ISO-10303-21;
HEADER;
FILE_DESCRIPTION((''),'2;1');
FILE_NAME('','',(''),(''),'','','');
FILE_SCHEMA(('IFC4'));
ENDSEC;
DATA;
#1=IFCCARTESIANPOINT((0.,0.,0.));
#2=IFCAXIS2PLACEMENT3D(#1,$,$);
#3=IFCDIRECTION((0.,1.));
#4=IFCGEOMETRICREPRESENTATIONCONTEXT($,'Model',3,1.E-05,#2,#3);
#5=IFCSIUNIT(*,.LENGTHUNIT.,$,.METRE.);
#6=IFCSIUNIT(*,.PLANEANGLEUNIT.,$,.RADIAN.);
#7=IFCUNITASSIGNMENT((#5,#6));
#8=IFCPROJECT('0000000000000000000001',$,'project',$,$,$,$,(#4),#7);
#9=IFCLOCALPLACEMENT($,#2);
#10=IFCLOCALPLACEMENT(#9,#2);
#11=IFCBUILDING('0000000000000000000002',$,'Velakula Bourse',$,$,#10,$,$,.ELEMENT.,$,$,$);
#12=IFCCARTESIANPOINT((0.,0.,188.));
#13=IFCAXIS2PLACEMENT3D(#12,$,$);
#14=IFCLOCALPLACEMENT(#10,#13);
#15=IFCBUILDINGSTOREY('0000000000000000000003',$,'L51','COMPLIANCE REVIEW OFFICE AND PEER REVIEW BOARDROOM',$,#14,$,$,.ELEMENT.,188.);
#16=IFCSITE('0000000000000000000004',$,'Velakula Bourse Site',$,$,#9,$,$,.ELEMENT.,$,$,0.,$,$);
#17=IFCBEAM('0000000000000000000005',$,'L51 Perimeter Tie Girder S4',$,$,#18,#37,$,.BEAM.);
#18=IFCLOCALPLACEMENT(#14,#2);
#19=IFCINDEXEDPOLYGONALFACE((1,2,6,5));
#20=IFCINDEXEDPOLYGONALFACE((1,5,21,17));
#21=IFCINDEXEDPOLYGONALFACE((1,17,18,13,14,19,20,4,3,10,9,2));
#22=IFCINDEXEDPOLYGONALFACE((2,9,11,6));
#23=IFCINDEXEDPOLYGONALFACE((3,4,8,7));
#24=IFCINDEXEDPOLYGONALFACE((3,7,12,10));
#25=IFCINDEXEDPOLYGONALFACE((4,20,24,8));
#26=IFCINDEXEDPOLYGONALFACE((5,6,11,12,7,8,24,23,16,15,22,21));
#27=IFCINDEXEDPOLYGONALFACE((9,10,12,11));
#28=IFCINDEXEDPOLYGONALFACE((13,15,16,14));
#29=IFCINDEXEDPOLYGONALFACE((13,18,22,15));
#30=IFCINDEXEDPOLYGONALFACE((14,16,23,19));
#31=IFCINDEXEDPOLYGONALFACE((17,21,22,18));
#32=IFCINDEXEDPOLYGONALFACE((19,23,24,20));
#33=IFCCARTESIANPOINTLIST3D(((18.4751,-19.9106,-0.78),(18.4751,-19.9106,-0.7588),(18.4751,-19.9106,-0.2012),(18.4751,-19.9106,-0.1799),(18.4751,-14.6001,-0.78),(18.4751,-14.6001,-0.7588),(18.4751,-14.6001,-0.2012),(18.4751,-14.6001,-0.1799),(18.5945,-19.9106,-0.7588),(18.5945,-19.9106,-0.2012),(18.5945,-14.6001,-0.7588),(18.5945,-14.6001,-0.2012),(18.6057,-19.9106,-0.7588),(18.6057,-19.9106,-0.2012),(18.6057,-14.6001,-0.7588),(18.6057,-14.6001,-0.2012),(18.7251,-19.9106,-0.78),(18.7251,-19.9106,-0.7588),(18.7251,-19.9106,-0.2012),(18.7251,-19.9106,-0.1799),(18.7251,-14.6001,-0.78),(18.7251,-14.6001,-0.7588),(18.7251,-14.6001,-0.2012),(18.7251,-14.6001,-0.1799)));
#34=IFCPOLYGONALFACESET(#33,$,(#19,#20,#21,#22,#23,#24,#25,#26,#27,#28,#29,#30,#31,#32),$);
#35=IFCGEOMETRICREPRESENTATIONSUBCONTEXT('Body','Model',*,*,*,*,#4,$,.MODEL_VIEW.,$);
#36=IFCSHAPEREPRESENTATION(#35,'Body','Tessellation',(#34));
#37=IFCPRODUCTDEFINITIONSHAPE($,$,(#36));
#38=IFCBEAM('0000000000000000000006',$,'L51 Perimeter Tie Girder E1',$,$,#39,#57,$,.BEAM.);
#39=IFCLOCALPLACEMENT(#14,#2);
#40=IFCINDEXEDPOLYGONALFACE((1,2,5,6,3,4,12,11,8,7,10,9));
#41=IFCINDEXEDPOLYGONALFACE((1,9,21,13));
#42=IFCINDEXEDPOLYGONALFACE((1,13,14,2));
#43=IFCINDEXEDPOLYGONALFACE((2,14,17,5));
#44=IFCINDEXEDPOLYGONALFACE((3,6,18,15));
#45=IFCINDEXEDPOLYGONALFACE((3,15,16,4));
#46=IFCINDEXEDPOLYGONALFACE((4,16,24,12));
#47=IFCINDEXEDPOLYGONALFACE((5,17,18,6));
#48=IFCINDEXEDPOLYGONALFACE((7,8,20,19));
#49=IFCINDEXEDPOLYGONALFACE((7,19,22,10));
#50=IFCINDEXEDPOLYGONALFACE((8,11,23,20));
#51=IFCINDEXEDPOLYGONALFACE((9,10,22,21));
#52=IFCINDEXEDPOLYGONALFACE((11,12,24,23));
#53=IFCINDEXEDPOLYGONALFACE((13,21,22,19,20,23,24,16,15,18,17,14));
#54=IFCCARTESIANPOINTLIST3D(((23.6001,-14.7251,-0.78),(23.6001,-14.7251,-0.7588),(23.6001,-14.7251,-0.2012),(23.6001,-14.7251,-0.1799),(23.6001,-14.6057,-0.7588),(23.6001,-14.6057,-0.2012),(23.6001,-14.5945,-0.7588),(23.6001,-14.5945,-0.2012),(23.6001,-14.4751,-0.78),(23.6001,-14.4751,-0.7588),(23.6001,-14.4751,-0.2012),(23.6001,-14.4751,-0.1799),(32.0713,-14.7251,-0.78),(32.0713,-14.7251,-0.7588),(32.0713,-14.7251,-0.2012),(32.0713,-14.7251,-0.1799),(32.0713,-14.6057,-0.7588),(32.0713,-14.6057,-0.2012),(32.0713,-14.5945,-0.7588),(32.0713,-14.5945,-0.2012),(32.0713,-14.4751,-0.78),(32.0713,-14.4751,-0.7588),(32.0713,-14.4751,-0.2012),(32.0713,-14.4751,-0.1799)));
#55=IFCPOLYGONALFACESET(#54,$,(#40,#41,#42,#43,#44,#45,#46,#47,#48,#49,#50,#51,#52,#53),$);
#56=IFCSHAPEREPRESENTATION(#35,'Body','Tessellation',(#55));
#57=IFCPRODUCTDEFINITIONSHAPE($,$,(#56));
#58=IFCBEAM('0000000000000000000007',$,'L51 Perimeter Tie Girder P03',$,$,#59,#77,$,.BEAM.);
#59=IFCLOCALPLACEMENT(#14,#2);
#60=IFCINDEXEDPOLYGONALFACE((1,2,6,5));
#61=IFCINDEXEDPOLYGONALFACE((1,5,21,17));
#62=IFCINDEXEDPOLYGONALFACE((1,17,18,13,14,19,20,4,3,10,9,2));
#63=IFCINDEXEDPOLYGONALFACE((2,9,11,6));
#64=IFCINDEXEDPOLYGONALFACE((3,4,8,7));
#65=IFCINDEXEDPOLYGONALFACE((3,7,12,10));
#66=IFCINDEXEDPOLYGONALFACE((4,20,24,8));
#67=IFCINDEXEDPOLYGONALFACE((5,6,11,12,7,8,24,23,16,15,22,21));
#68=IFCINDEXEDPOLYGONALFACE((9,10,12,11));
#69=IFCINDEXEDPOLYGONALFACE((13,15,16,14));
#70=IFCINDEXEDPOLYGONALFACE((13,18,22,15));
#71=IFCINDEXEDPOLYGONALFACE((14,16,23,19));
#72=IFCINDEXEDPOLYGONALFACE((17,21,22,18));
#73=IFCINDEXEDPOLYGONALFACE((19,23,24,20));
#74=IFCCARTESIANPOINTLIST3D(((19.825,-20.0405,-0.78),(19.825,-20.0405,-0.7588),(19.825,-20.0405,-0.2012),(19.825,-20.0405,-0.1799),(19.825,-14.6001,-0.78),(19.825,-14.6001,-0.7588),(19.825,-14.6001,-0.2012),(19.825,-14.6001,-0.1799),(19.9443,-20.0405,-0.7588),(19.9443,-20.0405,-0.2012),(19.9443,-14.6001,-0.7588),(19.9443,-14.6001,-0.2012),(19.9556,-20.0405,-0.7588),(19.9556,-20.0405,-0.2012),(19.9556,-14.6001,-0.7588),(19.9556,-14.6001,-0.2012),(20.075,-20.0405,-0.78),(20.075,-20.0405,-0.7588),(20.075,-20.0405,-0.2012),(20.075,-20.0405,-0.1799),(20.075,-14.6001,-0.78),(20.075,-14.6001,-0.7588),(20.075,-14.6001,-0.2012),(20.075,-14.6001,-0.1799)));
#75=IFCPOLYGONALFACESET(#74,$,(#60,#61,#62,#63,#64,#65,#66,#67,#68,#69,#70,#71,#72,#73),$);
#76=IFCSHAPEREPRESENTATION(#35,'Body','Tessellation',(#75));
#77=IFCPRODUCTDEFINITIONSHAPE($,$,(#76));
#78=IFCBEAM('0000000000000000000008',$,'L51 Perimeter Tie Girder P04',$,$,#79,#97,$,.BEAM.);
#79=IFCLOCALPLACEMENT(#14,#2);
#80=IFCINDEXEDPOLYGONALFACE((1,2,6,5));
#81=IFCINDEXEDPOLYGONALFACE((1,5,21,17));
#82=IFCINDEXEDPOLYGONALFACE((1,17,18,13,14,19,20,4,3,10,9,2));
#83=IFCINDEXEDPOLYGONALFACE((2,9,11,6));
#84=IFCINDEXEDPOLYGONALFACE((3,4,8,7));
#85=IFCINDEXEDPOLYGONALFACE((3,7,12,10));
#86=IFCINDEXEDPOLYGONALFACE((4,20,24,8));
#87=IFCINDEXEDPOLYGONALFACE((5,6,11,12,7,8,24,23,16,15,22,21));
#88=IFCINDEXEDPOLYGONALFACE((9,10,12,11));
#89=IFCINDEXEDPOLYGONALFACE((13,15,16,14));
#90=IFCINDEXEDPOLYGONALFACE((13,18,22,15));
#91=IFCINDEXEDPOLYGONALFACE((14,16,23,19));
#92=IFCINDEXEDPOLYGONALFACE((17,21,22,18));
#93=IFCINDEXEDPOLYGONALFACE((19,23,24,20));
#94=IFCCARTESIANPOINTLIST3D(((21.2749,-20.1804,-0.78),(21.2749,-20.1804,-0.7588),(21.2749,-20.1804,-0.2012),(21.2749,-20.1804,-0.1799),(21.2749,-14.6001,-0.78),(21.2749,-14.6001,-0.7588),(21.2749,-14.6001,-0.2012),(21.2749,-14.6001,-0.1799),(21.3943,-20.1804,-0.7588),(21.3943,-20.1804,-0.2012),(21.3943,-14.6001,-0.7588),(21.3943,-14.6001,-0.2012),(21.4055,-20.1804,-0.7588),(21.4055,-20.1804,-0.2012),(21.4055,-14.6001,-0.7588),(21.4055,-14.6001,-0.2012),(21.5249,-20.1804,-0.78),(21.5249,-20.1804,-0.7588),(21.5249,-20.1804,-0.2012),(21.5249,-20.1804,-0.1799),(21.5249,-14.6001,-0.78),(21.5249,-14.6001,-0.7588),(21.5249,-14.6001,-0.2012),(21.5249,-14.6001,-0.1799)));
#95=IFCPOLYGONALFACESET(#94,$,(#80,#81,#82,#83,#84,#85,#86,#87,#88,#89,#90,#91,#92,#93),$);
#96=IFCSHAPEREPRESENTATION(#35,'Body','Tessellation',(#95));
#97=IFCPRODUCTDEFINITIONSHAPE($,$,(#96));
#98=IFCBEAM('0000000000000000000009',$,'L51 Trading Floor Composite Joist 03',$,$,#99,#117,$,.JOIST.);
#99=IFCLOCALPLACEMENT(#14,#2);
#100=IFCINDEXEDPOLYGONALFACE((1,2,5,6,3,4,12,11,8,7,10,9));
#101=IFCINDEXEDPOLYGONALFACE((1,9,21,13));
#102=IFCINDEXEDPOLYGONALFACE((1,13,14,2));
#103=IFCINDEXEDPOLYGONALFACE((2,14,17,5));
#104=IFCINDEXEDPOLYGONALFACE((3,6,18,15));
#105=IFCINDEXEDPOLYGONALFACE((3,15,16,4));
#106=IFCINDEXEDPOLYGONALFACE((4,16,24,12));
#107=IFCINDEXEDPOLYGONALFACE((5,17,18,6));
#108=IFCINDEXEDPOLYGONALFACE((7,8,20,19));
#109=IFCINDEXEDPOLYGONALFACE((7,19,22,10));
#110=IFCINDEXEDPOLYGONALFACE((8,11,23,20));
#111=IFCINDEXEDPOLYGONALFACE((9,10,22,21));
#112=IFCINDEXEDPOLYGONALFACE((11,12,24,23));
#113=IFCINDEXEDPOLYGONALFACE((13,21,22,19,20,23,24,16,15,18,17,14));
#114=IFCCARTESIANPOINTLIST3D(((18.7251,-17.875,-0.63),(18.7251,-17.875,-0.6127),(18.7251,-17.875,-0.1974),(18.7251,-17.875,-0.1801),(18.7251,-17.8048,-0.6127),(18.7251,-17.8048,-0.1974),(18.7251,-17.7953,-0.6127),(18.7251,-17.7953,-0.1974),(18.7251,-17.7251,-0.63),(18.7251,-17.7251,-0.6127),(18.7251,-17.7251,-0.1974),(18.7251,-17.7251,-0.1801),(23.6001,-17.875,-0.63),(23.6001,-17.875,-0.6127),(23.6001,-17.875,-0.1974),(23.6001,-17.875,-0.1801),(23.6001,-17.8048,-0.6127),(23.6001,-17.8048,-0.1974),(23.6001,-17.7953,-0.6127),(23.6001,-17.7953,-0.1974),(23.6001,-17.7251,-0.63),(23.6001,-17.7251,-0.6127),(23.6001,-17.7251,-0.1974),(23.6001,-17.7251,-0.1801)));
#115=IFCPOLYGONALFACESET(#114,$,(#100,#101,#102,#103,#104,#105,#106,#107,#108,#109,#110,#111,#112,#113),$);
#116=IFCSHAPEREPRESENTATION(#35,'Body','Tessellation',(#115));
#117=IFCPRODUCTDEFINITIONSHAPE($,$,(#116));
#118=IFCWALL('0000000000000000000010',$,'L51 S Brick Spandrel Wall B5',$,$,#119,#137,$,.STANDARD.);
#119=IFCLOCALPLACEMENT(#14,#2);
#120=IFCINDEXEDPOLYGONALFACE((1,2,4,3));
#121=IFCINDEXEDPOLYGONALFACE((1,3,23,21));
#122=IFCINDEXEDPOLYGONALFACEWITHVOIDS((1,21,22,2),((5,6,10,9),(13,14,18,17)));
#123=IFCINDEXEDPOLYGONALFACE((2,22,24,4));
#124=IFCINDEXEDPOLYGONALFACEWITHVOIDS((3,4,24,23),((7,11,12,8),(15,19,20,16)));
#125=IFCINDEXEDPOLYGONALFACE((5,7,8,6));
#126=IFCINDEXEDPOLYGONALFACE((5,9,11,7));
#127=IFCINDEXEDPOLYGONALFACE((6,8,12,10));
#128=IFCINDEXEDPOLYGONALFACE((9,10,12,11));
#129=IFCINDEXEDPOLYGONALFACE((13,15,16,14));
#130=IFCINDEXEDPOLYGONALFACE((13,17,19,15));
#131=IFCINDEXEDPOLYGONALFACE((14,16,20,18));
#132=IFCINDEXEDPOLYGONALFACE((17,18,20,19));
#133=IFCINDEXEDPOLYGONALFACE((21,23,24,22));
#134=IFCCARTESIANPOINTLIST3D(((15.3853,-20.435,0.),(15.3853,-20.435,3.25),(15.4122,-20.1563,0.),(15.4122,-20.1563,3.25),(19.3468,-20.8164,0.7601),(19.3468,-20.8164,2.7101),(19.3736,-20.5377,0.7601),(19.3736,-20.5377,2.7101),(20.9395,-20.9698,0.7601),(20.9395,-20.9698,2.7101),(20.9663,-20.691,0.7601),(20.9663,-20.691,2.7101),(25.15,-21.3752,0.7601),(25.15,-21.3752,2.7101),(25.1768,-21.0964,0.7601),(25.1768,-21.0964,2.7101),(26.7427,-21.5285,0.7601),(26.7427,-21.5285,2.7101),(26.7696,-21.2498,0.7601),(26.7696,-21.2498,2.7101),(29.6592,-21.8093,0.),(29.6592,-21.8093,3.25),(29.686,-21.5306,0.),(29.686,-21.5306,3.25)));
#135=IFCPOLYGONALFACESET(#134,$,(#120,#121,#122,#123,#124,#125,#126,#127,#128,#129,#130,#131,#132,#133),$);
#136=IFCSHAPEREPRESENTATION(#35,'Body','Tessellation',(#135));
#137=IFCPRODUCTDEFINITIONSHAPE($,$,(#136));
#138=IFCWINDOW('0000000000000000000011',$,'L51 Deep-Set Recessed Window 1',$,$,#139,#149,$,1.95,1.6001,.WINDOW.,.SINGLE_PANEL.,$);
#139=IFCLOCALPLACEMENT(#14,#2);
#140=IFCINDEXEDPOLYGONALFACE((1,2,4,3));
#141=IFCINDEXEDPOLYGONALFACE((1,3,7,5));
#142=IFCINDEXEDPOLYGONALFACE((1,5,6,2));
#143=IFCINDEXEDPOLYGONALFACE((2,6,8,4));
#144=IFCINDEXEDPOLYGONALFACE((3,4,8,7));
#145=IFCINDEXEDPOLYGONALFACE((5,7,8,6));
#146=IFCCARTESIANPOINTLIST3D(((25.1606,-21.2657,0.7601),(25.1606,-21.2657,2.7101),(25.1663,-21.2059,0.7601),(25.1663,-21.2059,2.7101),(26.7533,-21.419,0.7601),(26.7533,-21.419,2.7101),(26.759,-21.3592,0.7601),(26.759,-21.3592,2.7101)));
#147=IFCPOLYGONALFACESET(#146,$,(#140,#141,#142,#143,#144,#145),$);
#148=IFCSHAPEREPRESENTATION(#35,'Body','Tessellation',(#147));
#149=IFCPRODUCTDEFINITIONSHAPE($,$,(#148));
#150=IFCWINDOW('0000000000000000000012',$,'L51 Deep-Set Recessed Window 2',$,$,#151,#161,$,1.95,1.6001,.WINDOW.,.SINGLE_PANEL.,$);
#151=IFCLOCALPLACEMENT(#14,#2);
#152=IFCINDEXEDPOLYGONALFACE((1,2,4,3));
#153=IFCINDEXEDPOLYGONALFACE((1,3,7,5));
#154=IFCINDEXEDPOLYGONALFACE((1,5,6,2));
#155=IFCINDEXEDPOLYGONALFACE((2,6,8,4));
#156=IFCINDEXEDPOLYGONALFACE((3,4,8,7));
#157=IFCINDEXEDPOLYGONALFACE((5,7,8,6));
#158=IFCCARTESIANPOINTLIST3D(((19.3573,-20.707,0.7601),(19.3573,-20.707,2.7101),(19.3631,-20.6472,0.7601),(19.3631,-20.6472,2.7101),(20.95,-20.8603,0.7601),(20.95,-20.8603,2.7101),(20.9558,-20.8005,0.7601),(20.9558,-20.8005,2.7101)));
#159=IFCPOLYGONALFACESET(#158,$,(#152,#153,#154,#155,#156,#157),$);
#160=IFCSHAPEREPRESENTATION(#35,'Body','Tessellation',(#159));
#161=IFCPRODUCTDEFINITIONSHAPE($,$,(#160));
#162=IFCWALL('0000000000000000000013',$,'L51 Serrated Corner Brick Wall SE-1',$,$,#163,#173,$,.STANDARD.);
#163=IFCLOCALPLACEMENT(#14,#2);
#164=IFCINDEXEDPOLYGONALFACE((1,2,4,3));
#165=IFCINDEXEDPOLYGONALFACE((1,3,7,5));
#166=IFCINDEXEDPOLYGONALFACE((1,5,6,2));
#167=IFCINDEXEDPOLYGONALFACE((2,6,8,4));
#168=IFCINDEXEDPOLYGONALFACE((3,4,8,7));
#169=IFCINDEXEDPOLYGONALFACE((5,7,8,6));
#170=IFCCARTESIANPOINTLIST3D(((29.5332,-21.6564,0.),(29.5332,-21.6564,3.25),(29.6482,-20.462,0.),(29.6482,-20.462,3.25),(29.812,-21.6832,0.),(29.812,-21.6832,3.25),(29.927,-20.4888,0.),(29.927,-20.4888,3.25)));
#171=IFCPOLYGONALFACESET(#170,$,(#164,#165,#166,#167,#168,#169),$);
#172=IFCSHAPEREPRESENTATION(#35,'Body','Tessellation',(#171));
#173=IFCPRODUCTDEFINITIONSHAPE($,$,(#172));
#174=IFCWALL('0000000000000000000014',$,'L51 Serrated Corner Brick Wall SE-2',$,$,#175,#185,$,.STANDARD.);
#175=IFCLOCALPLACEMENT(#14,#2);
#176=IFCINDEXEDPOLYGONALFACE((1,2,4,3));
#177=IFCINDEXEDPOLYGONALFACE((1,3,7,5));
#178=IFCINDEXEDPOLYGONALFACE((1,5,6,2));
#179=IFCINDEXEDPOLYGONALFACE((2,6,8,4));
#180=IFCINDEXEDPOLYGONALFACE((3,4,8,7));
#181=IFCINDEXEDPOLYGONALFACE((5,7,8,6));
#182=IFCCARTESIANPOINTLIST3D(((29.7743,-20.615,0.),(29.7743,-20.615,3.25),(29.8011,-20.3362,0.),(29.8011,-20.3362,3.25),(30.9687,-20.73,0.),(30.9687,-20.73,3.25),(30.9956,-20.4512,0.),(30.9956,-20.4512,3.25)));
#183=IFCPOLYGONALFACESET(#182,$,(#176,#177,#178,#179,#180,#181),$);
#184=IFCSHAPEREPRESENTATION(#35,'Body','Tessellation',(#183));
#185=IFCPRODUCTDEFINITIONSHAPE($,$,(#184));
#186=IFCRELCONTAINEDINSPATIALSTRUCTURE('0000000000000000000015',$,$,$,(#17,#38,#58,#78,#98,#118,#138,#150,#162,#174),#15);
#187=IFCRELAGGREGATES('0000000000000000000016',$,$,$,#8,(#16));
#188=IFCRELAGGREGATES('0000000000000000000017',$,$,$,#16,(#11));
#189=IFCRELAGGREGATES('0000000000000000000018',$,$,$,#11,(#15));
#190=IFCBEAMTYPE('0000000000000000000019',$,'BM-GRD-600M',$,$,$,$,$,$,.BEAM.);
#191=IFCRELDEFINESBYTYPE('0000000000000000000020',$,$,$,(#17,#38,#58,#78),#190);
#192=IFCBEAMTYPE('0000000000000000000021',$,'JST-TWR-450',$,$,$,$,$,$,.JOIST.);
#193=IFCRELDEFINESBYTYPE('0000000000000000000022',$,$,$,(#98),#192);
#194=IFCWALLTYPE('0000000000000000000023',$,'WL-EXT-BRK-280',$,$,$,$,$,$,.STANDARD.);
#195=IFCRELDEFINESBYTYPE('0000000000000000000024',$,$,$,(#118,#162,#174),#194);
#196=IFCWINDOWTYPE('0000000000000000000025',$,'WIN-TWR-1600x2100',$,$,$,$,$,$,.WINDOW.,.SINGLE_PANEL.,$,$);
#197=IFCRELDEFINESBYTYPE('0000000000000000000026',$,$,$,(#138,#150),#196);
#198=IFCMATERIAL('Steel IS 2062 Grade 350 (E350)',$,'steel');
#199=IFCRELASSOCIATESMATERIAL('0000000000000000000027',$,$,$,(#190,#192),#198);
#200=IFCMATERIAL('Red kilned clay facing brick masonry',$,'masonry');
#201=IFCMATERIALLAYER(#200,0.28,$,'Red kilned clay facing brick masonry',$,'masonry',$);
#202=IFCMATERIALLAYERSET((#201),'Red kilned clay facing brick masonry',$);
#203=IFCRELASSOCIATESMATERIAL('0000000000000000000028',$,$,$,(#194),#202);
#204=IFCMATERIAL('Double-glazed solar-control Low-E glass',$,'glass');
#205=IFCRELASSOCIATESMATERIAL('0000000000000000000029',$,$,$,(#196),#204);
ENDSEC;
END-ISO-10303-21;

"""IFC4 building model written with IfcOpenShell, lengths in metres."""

from ifc_helpers import new_model, si_unit, direction, frame, frame_2d, origin, origin_2d, place, context, subcontext, project, spatial, rectangle, i_section, extrude, material, layer, layer_set, material_profile, profile_set, type_object, element, fill, save


model = new_model("IFC4")

# Units and contexts
model_context = context("Model", 3, precision=1e-05, world=origin(), true_north=direction((0.0, 1.0)))
body_context = subcontext(model_context, "Body", "Model", "MODEL_VIEW")
ifc_project = project(units=[si_unit("LENGTHUNIT", "METRE"), si_unit("PLANEANGLEUNIT", "RADIAN")], contexts=[model_context])

# Site, building, storey
site_placement = place(None, origin())
site = spatial("IfcSite", under=ifc_project, at=site_placement, Name="Velakula Bourse Site", CompositionType="ELEMENT", RefElevation=0.0)
building_placement = place(site_placement, origin())
building = spatial("IfcBuilding", under=site, at=building_placement, Name="Velakula Bourse", CompositionType="ELEMENT")
storey_placement = place(building_placement, frame((0.0, 0.0, 188.0)))
storey = spatial("IfcBuildingStorey", under=building, at=storey_placement, Name="L51", Description="COMPLIANCE REVIEW OFFICE AND PEER REVIEW BOARDROOM", CompositionType="ELEMENT", Elevation=188.0)

# Shared definitions
ifc_material_1 = material(Name="Steel IS 2062 Grade 350 (E350)", Category="steel")

# Beams
ifc_material_profile_1 = material_profile(ifc_material_1, i_section(OverallWidth=0.25, OverallDepth=0.6001, WebThickness=0.0112, FlangeThickness=0.0212, at=origin_2d()), Name="Steel IS 2062 Grade 350 (E350)")
ifc_profile_set_1 = profile_set([ifc_material_profile_1], Name="Steel IS 2062 Grade 350 (E350)")
beam_type_1 = type_object("IfcBeamType", Name="BM-GRD-600M", PredefinedType="BEAM", material=ifc_profile_set_1)
beam_1_placement = place(storey_placement, frame((18.6001, -14.6001, -0.48), z_axis=(0.0, -1.0, 0.0), x_axis=(1.0, 0.0, 0.0)))
element("IfcBeam", 1, at=beam_1_placement, inside=storey, type_object=beam_type_1, Name="L51 Perimeter Tie Girder S4", PredefinedType="BEAM", context=body_context, shape_type="SweptSolid", body=[
    extrude(i_section(OverallWidth=0.25, OverallDepth=0.6001, WebThickness=0.0112, FlangeThickness=0.0212, at=origin_2d()), origin(), (0.0, 0.0, 1.0), 5.3105),
])
beam_2_placement = place(storey_placement, frame((23.6001, -14.6001, -0.48), z_axis=(1.0, 0.0, 0.0), x_axis=(0.0, 1.0, 0.0)))
element("IfcBeam", 2, at=beam_2_placement, inside=storey, type_object=beam_type_1, Name="L51 Perimeter Tie Girder E1", PredefinedType="BEAM", context=body_context, shape_type="SweptSolid", body=[
    extrude(i_section(OverallWidth=0.25, OverallDepth=0.6001, WebThickness=0.0112, FlangeThickness=0.0212, at=origin_2d()), origin(), (0.0, 0.0, 1.0), 8.4712),
])
beam_3_placement = place(storey_placement, frame((19.95, -14.6001, -0.48), z_axis=(0.0, -1.0, 0.0), x_axis=(1.0, 0.0, 0.0)))
element("IfcBeam", 3, at=beam_3_placement, inside=storey, type_object=beam_type_1, Name="L51 Perimeter Tie Girder P03", PredefinedType="BEAM", context=body_context, shape_type="SweptSolid", body=[
    extrude(i_section(OverallWidth=0.25, OverallDepth=0.6001, WebThickness=0.0112, FlangeThickness=0.0212, at=origin_2d()), origin(), (0.0, 0.0, 1.0), 5.4404),
])
beam_4_placement = place(storey_placement, frame((21.3999, -14.6001, -0.48), z_axis=(0.0, -1.0, 0.0), x_axis=(1.0, 0.0, 0.0)))
element("IfcBeam", 4, at=beam_4_placement, inside=storey, type_object=beam_type_1, Name="L51 Perimeter Tie Girder P04", PredefinedType="BEAM", context=body_context, shape_type="SweptSolid", body=[
    extrude(i_section(OverallWidth=0.25, OverallDepth=0.6001, WebThickness=0.0112, FlangeThickness=0.0212, at=origin_2d()), origin(), (0.0, 0.0, 1.0), 5.5803),
])
ifc_material_profile_2 = material_profile(ifc_material_1, i_section(OverallWidth=0.1499, OverallDepth=0.45, WebThickness=0.0095, FlangeThickness=0.0173, at=origin_2d()), Name="Steel IS 2062 Grade 350 (E350)")
ifc_profile_set_2 = profile_set([ifc_material_profile_2], Name="Steel IS 2062 Grade 350 (E350)")
beam_type_2 = type_object("IfcBeamType", Name="JST-TWR-450", PredefinedType="JOIST", material=ifc_profile_set_2)
beam_5_placement = place(storey_placement, frame((18.7251, -17.8, -0.405), z_axis=(1.0, 0.0, 0.0), x_axis=(0.0, 1.0, 0.0)))
element("IfcBeam", 5, at=beam_5_placement, inside=storey, type_object=beam_type_2, Name="L51 Trading Floor Composite Joist 03", PredefinedType="JOIST", context=body_context, shape_type="SweptSolid", body=[
    extrude(i_section(OverallWidth=0.1499, OverallDepth=0.45, WebThickness=0.0095, FlangeThickness=0.0173, at=origin_2d()), origin(), (0.0, 0.0, 1.0), 4.875),
])

# Wall, openings, windows
ifc_material_2 = material(Name="Red kilned clay facing brick masonry", Category="masonry")
ifc_layer_1 = layer(ifc_material_2, 0.28, Name="Red kilned clay facing brick masonry", Category="masonry")
ifc_layer_set_1 = layer_set([ifc_layer_1], Name="Red kilned clay facing brick masonry")
wall_type_1 = type_object("IfcWallType", Name="WL-EXT-BRK-280", PredefinedType="STANDARD", material=ifc_layer_set_1)
wall_1_placement = place(storey_placement, frame((29.6726, -21.6699, 0.0), z_axis=(0.0, 0.0, 1.0), x_axis=(-0.995397, 0.095835, 0.0)))
wall_1 = element("IfcWall", 6, at=wall_1_placement, inside=storey, type_object=wall_type_1, Name="L51 S Brick Spandrel Wall B5", PredefinedType="STANDARD", context=body_context, shape_type="SweptSolid", body=[
    extrude(rectangle(XDim=14.3398, YDim=0.28, at=frame_2d((7.1699, 0.0))), origin(), (0.0, 0.0, 1.0), 3.25),
])
opening_1_placement = place(wall_1_placement, frame((2.9299, 0.0, 0.76)))
opening_1 = element("IfcOpeningElement", 7, at=opening_1_placement, cuts=wall_1, PredefinedType="OPENING", context=body_context, shape_type="SweptSolid", body=[
    extrude(rectangle(XDim=1.6001, YDim=1.95, at=frame_2d((0.8, 0.9751))), frame((0.0, 0.1499, 0.0), z_axis=(0.0, -1.0, 0.0), x_axis=(1.0, 0.0, 0.0)), (0.0, 0.0, 1.0), 0.3),
])
opening_2_placement = place(wall_1_placement, frame((8.76, 0.0, 0.76)))
opening_2 = element("IfcOpeningElement", 8, at=opening_2_placement, cuts=wall_1, PredefinedType="OPENING", context=body_context, shape_type="SweptSolid", body=[
    extrude(rectangle(XDim=1.6001, YDim=1.95, at=frame_2d((0.8, 0.9751))), frame((0.0, 0.1499, 0.0), z_axis=(0.0, -1.0, 0.0), x_axis=(1.0, 0.0, 0.0)), (0.0, 0.0, 1.0), 0.3),
])
ifc_material_3 = material(Name="Double-glazed solar-control Low-E glass", Category="glass")
window_type = type_object("IfcWindowType", Name="WIN-TWR-1600x2100", PartitioningType="SINGLE_PANEL", PredefinedType="WINDOW", material=ifc_material_3)
window_1_placement = place(opening_1_placement, origin())
window_1 = element("IfcWindow", 9, at=window_1_placement, inside=storey, type_object=window_type, Name="L51 Deep-Set Recessed Window 1", OverallHeight=1.95, OverallWidth=1.6001, PartitioningType="SINGLE_PANEL", PredefinedType="WINDOW", context=body_context, shape_type="SweptSolid", body=[
    extrude(rectangle(XDim=1.6001, YDim=1.95, at=frame_2d((0.8, 0.9751))), frame((0.0, 0.03, 0.0), z_axis=(0.0, -1.0, 0.0), x_axis=(1.0, 0.0, 0.0)), (0.0, 0.0, 1.0), 0.0601),
])
fill(opening_1, window_1)
window_2_placement = place(opening_2_placement, origin())
window_2 = element("IfcWindow", 10, at=window_2_placement, inside=storey, type_object=window_type, Name="L51 Deep-Set Recessed Window 2", OverallHeight=1.95, OverallWidth=1.6001, PartitioningType="SINGLE_PANEL", PredefinedType="WINDOW", context=body_context, shape_type="SweptSolid", body=[
    extrude(rectangle(XDim=1.6001, YDim=1.95, at=frame_2d((0.8, 0.9751))), frame((0.0, 0.03, 0.0), z_axis=(0.0, -1.0, 0.0), x_axis=(1.0, 0.0, 0.0)), (0.0, 0.0, 1.0), 0.0601),
])
fill(opening_2, window_2)

# Walls
for number, where, z_axis, x_axis, name in (
    (11, (29.6726, -21.6699, 0.0), (0.0, 0.0, 1.0), (0.095836, 0.995397, 0.0), "L51 Serrated Corner Brick Wall SE-1"),
    (12, (29.7876, -20.4756, 0.0), (0.0, 0.0, 1.0), (0.995397, -0.095836, 0.0), "L51 Serrated Corner Brick Wall SE-2"),
):
    element("IfcWall", number, at=place(storey_placement, frame(where, z_axis=z_axis, x_axis=x_axis)), inside=storey, type_object=wall_type_1, Name=name, PredefinedType="STANDARD", context=body_context, shape_type="SweptSolid", body=[
        extrude(rectangle(XDim=1.2, YDim=0.28, at=frame_2d((0.6001, 0.0))), origin(), (0.0, 0.0, 1.0), 3.25),
    ])

save(model, "model.ifc")
